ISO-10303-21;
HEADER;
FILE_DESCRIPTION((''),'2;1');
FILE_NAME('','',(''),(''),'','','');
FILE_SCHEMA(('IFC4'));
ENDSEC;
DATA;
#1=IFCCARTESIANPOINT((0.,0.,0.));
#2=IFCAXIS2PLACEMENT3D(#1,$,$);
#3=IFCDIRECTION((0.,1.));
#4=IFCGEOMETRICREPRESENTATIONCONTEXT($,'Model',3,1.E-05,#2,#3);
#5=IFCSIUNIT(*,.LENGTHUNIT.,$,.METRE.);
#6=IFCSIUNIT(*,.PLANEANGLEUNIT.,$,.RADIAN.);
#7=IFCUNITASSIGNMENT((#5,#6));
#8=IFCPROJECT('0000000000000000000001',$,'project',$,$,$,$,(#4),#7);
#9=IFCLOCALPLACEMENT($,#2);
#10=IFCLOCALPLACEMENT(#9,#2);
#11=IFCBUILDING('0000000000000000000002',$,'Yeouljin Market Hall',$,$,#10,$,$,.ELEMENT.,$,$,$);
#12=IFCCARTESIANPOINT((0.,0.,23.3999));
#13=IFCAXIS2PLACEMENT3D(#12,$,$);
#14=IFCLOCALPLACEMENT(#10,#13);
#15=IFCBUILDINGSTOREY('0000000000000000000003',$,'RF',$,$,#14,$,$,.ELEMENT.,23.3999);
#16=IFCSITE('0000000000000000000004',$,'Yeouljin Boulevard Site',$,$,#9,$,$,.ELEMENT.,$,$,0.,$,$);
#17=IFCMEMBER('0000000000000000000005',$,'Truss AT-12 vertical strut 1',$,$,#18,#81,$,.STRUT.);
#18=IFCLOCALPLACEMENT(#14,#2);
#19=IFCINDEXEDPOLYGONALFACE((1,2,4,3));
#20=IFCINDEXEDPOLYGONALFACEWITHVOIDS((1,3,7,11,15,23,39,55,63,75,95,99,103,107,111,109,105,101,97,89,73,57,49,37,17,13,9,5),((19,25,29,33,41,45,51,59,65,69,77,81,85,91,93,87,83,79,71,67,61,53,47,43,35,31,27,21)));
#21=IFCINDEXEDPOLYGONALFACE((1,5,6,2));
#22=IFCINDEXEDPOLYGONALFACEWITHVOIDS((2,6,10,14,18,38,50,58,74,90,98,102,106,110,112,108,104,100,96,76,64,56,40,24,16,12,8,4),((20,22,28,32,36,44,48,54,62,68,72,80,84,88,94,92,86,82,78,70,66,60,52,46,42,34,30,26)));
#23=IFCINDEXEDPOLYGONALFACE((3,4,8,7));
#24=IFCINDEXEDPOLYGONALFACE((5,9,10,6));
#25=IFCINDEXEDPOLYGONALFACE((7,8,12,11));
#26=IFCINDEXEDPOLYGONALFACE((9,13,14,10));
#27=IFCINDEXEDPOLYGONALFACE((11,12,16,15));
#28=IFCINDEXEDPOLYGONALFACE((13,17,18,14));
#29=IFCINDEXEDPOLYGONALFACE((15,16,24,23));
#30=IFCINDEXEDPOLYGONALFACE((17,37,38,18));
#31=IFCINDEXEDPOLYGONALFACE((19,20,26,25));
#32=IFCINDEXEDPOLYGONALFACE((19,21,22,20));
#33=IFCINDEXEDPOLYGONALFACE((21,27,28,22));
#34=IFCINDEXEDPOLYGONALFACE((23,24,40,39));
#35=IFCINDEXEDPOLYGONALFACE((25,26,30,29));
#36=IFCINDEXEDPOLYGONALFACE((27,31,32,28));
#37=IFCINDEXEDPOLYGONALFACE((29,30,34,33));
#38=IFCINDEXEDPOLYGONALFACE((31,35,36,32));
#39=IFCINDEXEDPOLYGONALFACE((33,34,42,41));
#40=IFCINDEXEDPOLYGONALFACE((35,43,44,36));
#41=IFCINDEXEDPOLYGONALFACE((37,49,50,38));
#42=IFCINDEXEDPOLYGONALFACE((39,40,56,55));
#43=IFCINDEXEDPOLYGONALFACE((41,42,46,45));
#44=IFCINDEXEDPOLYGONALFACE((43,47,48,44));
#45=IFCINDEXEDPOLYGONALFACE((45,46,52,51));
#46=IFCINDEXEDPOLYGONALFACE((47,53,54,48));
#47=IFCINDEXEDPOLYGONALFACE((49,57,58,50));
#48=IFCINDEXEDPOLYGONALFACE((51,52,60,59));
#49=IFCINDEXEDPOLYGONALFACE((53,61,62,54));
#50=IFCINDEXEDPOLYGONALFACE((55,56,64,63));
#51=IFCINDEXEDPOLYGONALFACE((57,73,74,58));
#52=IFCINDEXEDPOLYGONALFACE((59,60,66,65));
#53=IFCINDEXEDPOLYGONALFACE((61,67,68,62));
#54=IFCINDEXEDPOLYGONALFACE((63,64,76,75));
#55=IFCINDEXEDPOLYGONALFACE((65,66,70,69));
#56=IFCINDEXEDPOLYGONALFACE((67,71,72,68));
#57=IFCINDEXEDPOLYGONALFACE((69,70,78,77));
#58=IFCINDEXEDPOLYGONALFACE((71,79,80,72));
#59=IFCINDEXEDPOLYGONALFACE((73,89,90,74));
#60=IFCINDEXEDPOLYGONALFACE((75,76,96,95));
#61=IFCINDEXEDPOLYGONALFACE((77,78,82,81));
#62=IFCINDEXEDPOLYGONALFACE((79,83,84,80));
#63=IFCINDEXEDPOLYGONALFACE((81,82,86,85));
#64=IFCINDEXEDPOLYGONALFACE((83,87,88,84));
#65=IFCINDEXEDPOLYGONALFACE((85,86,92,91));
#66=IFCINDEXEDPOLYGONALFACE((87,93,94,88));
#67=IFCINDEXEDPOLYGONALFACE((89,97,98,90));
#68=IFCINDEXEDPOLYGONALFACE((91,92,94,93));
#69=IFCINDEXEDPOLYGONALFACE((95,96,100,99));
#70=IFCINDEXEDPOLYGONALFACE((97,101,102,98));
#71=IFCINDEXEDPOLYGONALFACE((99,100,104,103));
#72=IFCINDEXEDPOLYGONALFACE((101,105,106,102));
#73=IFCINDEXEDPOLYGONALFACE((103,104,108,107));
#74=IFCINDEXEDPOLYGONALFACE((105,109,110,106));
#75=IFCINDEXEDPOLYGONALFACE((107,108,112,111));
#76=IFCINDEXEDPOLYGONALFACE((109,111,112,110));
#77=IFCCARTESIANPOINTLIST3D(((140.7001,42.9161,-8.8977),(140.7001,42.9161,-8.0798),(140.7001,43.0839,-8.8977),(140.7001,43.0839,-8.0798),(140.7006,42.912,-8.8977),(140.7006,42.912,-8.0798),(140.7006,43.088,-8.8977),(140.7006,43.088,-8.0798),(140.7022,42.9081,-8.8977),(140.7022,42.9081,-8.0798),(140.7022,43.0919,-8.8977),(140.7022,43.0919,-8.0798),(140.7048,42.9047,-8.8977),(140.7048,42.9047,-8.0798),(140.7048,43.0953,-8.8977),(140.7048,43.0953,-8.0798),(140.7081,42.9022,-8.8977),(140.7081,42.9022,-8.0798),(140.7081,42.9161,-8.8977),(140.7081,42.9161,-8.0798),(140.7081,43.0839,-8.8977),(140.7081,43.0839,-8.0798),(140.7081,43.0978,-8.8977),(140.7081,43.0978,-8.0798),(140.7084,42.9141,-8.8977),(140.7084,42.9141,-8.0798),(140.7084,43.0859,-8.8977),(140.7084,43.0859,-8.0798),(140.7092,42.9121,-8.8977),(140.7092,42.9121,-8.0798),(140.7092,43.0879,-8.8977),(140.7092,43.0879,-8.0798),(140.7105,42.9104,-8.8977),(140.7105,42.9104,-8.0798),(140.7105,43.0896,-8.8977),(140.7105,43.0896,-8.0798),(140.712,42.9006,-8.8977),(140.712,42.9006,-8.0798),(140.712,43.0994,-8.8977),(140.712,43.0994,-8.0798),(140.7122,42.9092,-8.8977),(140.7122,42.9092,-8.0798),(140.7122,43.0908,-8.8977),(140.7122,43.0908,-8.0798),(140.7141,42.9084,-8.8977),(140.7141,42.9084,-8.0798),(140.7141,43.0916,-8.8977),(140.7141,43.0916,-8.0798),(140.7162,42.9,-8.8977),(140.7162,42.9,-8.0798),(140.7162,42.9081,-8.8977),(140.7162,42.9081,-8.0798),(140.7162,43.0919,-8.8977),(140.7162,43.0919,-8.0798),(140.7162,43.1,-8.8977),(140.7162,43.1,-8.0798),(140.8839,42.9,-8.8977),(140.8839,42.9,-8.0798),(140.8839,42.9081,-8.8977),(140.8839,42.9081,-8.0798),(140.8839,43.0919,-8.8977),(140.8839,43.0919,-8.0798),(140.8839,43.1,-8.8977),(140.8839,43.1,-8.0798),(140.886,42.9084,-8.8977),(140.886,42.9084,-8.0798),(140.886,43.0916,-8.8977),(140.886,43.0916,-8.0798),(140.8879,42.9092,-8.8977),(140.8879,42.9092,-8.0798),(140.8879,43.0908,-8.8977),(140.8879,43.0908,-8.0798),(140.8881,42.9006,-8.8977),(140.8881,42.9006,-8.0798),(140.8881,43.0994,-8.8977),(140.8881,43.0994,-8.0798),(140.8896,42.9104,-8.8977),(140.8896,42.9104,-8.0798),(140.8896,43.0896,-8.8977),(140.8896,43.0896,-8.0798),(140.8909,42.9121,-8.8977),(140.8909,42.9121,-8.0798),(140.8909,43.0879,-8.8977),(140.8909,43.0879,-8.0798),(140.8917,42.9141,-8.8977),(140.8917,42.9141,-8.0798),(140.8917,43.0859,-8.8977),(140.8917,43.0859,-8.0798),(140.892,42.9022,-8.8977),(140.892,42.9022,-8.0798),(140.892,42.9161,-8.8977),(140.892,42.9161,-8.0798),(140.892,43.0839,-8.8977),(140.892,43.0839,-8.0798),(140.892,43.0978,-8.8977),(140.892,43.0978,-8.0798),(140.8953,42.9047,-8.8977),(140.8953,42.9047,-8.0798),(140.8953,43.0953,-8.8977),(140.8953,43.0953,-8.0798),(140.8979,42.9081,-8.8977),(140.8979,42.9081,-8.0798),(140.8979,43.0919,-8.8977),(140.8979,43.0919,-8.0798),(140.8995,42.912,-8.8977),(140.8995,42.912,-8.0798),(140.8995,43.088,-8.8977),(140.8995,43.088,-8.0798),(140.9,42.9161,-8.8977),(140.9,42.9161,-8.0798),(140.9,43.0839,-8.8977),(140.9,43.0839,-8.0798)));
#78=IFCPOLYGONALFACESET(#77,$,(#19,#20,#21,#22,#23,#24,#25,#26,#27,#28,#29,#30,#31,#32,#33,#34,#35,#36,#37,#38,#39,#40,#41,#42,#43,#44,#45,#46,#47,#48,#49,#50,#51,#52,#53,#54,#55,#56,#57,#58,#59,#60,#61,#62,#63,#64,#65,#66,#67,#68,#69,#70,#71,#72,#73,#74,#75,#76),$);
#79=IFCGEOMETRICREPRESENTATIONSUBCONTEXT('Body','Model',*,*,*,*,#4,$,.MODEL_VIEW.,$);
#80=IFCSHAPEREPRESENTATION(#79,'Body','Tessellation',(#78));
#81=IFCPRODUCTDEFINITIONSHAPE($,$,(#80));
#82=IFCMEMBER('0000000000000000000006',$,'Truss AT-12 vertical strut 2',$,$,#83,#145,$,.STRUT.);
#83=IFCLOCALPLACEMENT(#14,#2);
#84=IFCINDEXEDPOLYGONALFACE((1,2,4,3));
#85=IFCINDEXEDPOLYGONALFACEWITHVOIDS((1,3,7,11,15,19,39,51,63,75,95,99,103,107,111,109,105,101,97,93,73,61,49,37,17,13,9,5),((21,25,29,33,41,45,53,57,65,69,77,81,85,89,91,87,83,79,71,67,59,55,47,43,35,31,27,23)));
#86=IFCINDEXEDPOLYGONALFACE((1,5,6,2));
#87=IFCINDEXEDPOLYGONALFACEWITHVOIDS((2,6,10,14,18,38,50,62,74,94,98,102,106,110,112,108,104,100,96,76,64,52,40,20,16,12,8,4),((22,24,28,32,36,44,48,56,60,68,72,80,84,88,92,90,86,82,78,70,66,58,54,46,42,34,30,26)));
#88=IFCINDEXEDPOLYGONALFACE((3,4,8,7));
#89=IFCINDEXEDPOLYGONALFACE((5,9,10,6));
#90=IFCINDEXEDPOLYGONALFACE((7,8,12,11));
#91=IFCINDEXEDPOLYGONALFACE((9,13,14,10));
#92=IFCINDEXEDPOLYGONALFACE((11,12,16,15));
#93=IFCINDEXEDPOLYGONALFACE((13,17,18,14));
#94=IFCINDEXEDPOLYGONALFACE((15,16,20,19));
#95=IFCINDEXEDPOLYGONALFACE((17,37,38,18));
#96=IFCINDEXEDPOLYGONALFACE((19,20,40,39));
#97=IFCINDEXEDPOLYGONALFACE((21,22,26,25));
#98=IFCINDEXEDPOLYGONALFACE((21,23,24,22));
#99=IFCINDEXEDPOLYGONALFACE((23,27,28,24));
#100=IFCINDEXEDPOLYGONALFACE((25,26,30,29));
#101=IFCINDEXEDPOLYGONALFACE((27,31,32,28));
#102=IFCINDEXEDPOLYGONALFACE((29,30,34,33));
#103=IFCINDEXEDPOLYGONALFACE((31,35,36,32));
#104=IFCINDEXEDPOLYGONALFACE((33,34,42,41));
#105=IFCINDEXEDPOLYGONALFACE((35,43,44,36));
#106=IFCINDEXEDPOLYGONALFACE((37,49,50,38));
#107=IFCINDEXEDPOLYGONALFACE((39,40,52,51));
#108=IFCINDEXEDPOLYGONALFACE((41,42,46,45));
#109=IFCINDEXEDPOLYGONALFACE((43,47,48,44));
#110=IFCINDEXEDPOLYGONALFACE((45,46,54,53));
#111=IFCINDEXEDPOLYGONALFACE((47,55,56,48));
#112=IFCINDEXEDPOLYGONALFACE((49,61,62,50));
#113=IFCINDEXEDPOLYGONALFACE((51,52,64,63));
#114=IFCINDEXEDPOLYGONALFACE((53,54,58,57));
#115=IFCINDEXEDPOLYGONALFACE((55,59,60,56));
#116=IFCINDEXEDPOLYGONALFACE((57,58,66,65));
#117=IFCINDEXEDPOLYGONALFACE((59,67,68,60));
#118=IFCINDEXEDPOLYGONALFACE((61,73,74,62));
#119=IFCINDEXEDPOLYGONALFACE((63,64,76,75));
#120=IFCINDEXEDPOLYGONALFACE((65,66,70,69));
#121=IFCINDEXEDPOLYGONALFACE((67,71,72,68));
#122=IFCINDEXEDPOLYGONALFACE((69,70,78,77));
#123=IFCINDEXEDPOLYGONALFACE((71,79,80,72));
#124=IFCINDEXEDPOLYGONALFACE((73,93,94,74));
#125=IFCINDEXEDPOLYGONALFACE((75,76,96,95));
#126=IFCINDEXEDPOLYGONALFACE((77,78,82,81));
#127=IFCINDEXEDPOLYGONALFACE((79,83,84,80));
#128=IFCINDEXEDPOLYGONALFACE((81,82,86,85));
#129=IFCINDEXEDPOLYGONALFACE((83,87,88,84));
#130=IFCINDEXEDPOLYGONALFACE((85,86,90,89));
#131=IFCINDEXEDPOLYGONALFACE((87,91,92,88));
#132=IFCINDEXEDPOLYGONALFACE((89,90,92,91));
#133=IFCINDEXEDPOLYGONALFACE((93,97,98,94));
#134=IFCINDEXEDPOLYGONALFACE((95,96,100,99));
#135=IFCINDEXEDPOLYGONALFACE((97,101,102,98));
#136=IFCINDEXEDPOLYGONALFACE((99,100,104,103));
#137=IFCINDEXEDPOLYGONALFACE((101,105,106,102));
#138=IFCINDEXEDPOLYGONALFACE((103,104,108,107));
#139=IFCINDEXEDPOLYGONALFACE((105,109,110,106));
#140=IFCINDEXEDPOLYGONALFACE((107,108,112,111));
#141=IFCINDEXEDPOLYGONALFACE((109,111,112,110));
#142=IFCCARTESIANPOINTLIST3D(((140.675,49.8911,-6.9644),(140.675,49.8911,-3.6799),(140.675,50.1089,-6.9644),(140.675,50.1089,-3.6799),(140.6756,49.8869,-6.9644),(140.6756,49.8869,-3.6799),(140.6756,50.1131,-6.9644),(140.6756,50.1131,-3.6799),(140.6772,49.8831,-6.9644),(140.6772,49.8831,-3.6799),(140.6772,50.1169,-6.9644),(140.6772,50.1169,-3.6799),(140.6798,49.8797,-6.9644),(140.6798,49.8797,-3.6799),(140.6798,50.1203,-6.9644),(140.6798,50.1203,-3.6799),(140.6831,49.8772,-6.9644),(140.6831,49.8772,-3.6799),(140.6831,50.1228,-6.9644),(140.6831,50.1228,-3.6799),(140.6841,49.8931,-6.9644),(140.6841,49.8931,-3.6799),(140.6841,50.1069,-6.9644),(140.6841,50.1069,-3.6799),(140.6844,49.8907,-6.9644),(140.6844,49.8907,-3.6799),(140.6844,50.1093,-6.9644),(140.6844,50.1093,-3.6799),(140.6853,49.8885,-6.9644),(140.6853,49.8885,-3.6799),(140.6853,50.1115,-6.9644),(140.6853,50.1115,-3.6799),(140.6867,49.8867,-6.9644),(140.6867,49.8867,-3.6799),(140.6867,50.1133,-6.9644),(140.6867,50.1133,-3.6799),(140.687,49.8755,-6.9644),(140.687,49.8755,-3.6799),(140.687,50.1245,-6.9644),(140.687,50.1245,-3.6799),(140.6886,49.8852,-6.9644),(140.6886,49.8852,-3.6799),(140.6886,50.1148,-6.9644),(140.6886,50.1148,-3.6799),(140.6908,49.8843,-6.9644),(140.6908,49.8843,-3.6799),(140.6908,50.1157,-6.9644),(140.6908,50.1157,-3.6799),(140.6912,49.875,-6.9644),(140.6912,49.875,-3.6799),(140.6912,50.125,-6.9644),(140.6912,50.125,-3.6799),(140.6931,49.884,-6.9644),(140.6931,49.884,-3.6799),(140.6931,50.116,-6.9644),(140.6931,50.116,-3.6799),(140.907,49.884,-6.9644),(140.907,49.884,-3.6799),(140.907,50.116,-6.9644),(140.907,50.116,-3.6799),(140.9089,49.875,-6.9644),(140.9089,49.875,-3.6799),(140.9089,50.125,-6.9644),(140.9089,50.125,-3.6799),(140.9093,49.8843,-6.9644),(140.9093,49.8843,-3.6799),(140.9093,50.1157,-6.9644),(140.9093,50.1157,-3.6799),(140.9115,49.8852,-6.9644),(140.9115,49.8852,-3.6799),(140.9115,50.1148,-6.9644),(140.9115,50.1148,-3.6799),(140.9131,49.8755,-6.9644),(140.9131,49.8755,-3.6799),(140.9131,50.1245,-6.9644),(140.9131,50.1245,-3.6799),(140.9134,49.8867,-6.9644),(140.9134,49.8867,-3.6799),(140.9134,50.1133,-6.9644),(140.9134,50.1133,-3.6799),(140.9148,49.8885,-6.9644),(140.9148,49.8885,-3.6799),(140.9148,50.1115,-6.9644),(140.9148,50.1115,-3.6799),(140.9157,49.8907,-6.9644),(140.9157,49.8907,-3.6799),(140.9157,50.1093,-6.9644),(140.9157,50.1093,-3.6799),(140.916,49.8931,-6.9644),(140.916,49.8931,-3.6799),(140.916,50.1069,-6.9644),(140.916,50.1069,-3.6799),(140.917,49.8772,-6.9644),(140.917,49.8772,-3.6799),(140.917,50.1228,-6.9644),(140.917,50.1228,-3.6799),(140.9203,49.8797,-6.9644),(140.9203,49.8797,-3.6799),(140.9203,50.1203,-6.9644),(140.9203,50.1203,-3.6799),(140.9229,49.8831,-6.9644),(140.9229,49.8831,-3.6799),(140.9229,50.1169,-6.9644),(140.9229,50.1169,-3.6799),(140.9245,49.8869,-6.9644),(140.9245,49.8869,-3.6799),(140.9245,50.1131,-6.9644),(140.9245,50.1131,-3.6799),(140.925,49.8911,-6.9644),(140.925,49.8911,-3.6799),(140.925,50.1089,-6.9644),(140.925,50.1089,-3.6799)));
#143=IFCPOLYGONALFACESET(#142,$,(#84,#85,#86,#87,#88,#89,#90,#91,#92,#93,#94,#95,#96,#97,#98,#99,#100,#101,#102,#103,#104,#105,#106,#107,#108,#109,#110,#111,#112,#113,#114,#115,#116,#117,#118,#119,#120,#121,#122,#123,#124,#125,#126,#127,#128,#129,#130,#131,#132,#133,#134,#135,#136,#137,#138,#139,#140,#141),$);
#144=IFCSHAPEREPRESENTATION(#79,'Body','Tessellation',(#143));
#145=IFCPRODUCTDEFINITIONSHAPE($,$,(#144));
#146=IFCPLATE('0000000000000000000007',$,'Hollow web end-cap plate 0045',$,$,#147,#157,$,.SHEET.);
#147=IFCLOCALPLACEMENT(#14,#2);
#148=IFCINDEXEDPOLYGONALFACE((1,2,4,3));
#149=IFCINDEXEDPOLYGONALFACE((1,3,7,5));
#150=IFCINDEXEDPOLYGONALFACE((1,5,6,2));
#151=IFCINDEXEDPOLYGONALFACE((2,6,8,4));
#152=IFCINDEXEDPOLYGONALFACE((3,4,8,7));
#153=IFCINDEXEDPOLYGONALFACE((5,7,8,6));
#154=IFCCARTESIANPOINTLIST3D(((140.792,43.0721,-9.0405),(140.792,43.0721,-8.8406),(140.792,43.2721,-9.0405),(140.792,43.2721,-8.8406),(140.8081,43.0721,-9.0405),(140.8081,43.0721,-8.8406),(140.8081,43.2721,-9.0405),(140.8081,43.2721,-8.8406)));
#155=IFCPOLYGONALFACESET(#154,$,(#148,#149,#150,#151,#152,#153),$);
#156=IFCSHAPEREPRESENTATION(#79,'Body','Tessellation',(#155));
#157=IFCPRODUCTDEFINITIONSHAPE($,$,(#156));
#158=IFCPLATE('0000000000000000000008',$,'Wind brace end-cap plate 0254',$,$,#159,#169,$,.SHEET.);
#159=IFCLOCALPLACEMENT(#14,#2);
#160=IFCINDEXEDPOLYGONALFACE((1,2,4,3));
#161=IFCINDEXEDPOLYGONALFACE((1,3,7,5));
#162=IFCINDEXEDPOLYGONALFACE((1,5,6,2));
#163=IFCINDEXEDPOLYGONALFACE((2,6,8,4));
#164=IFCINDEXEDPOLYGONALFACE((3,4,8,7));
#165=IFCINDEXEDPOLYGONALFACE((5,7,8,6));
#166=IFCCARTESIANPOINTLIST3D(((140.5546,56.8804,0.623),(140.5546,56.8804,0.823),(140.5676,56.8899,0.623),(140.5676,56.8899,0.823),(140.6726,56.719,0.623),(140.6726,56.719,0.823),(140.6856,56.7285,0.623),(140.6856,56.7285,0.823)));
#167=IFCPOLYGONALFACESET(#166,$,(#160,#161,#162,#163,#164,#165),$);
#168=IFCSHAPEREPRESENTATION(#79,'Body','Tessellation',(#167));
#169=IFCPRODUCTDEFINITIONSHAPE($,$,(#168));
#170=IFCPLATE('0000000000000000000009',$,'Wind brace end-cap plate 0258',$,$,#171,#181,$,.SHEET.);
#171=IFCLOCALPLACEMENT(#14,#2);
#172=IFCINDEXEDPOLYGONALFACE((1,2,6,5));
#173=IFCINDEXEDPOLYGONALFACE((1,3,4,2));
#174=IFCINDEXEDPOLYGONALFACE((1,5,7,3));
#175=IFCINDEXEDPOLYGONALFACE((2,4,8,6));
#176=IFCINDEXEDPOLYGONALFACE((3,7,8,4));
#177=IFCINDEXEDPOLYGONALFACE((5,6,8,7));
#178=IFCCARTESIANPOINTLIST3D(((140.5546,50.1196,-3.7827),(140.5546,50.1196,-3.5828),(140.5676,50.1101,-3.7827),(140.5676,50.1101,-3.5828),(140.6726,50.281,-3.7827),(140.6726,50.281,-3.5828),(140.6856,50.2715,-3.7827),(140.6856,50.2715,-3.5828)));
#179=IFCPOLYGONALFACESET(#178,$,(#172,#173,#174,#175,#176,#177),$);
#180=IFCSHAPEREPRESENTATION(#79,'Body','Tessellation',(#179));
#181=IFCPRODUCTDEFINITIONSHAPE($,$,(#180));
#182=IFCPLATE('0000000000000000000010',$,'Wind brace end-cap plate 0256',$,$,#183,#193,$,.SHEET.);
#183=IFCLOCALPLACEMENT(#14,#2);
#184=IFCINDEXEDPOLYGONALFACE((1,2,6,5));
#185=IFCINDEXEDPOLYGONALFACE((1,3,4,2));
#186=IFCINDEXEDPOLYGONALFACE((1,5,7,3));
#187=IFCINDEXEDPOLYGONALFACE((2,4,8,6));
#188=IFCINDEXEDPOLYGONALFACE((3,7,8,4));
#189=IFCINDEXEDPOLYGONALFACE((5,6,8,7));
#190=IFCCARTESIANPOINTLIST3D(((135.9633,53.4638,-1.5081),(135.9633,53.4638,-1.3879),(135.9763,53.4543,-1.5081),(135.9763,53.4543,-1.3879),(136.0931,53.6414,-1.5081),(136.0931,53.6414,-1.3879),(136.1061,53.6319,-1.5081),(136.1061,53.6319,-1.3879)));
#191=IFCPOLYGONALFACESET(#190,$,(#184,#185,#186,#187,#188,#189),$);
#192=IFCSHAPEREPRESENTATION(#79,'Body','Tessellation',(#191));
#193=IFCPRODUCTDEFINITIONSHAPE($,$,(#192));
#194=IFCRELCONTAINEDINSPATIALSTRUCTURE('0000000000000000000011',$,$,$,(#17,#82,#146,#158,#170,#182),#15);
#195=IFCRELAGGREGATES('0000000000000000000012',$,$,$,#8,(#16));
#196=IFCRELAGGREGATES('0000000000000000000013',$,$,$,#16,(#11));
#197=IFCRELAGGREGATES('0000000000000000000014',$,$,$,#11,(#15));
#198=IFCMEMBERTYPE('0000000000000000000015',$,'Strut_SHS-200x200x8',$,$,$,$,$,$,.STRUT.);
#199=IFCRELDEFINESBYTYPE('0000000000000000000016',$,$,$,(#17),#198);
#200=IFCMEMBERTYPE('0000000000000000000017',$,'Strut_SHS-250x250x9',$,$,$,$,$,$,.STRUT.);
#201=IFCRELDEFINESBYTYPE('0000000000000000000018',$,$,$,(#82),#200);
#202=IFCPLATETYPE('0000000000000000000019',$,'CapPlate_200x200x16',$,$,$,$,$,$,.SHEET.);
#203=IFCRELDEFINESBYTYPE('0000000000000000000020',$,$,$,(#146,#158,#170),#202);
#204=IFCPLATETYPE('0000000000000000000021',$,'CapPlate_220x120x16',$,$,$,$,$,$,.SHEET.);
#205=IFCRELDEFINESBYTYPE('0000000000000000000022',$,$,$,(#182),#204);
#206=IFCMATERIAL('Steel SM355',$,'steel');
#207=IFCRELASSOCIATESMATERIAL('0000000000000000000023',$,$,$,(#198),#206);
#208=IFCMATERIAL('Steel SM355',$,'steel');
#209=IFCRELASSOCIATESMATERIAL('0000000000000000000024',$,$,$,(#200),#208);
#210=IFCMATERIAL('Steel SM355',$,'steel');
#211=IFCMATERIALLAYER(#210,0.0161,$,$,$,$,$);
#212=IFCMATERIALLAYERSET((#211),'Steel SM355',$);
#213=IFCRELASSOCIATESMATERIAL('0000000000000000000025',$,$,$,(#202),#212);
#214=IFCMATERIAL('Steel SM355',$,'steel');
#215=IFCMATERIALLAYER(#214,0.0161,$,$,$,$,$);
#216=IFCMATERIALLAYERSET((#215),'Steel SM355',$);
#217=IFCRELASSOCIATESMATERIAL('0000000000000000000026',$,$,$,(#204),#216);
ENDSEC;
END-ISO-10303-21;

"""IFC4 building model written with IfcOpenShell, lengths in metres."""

from ifc_helpers import new_model, si_unit, direction, frame, origin, origin_2d, place, context, subcontext, project, spatial, rectangle, hollow_rectangle, extrude, material, layer, layer_set, material_profile, profile_set, type_object, element, save


model = new_model("IFC4")

# Units and contexts
model_context = context("Model", 3, precision=1e-05, world=origin(), true_north=direction((0.0, 1.0)))
body_context = subcontext(model_context, "Body", "Model", "MODEL_VIEW")
ifc_project = project(units=[si_unit("LENGTHUNIT", "METRE"), si_unit("PLANEANGLEUNIT", "RADIAN")], contexts=[model_context])

# Site, building, storey
site_placement = place(None, origin())
site = spatial("IfcSite", under=ifc_project, at=site_placement, Name="Yeouljin Boulevard Site", CompositionType="ELEMENT", RefElevation=0.0)
building_placement = place(site_placement, origin())
building = spatial("IfcBuilding", under=site, at=building_placement, Name="Yeouljin Market Hall", CompositionType="ELEMENT")
storey_placement = place(building_placement, frame((0.0, 0.0, 23.3999)))
storey = spatial("IfcBuildingStorey", under=building, at=storey_placement, Name="RF", CompositionType="ELEMENT", Elevation=23.3999)

# Members
ifc_material_1 = material(Name="Steel SM355", Category="steel")
ifc_material_profile_1 = material_profile(ifc_material_1, hollow_rectangle(XDim=0.2, YDim=0.2, WallThickness=0.0081, InnerFilletRadius=0.0081, OuterFilletRadius=0.0161, at=origin_2d()), Name="SHS-200x200x8")
ifc_profile_set_1 = profile_set([ifc_material_profile_1], Name="Steel SM355")
member_type_1 = type_object("IfcMemberType", Name="Strut_SHS-200x200x8", PredefinedType="STRUT", material=ifc_profile_set_1)
member_1_placement = place(storey_placement, frame((140.8, 43.0, -8.8977), z_axis=(0.0, 0.0, 1.0), x_axis=(1.0, 0.0, 0.0)))
element("IfcMember", 1, at=member_1_placement, inside=storey, type_object=member_type_1, Name="Truss AT-12 vertical strut 1", PredefinedType="STRUT", context=body_context, shape_type="SweptSolid", body=[
    extrude(hollow_rectangle(XDim=0.2, YDim=0.2, WallThickness=0.0081, InnerFilletRadius=0.0081, OuterFilletRadius=0.0161, at=origin_2d()), origin(), (0.0, 0.0, 1.0), 0.8179),
])
ifc_material_2 = material(Name="Steel SM355", Category="steel")
ifc_material_profile_2 = material_profile(ifc_material_2, hollow_rectangle(XDim=0.25, YDim=0.25, WallThickness=0.009, InnerFilletRadius=0.009, OuterFilletRadius=0.0161, at=origin_2d()), Name="SHS-250x250x9")
ifc_profile_set_2 = profile_set([ifc_material_profile_2], Name="Steel SM355")
member_type_2 = type_object("IfcMemberType", Name="Strut_SHS-250x250x9", PredefinedType="STRUT", material=ifc_profile_set_2)
member_2_placement = place(storey_placement, frame((140.8, 50.0, -6.9644), z_axis=(0.0, 0.0, 1.0), x_axis=(1.0, 0.0, 0.0)))
element("IfcMember", 2, at=member_2_placement, inside=storey, type_object=member_type_2, Name="Truss AT-12 vertical strut 2", PredefinedType="STRUT", context=body_context, shape_type="SweptSolid", body=[
    extrude(hollow_rectangle(XDim=0.25, YDim=0.25, WallThickness=0.009, InnerFilletRadius=0.009, OuterFilletRadius=0.0161, at=origin_2d()), origin(), (0.0, 0.0, 1.0), 3.2844),
])

# Plates
ifc_material_3 = material(Name="Steel SM355", Category="steel")
ifc_layer_1 = layer(ifc_material_3, 0.0161)
ifc_layer_set_1 = layer_set([ifc_layer_1], Name="Steel SM355")
plate_type_1 = type_object("IfcPlateType", Name="CapPlate_200x200x16", PredefinedType="SHEET", material=ifc_layer_set_1)
for number, where, z_axis, x_axis, name in (
    (3, (140.8, 43.1721, -9.0405), (0.0, 0.0, 1.0), (0.0, 1.0, 0.0), "Hollow web end-cap plate 0045"),
    (4, (140.6201, 56.8044, 0.623), (0.0, 0.0, 1.0), (-0.590183, 0.807269, 0.0), "Wind brace end-cap plate 0254"),
    (5, (140.6201, 50.1956, -3.7827), (0.0, 0.0, 1.0), (0.590183, 0.807269, 0.0), "Wind brace end-cap plate 0258"),
):
    element("IfcPlate", number, at=place(storey_placement, frame(where, z_axis=z_axis, x_axis=x_axis)), inside=storey, type_object=plate_type_1, Name=name, PredefinedType="SHEET", context=body_context, shape_type="SweptSolid", body=[
        extrude(rectangle(XDim=0.2, YDim=0.0161, at=origin_2d()), origin(), (0.0, 0.0, 1.0), 0.2),
    ])
ifc_material_4 = material(Name="Steel SM355", Category="steel")
ifc_layer_2 = layer(ifc_material_4, 0.0161)
ifc_layer_set_2 = layer_set([ifc_layer_2], Name="Steel SM355")
plate_type_2 = type_object("IfcPlateType", Name="CapPlate_220x120x16", PredefinedType="SHEET", material=ifc_layer_set_2)
for number, where, z_axis, x_axis, name in (
    (6, (136.0347, 53.5479, -1.5081), (0.0, 0.0, 1.0), (0.590183, 0.807269, 0.0), "Wind brace end-cap plate 0256"),
):
    element("IfcPlate", number, at=place(storey_placement, frame(where, z_axis=z_axis, x_axis=x_axis)), inside=storey, type_object=plate_type_2, Name=name, PredefinedType="SHEET", context=body_context, shape_type="SweptSolid", body=[
        extrude(rectangle(XDim=0.22, YDim=0.0161, at=origin_2d()), origin(), (0.0, 0.0, 1.0), 0.1201),
    ])

save(model, "model.ifc")
